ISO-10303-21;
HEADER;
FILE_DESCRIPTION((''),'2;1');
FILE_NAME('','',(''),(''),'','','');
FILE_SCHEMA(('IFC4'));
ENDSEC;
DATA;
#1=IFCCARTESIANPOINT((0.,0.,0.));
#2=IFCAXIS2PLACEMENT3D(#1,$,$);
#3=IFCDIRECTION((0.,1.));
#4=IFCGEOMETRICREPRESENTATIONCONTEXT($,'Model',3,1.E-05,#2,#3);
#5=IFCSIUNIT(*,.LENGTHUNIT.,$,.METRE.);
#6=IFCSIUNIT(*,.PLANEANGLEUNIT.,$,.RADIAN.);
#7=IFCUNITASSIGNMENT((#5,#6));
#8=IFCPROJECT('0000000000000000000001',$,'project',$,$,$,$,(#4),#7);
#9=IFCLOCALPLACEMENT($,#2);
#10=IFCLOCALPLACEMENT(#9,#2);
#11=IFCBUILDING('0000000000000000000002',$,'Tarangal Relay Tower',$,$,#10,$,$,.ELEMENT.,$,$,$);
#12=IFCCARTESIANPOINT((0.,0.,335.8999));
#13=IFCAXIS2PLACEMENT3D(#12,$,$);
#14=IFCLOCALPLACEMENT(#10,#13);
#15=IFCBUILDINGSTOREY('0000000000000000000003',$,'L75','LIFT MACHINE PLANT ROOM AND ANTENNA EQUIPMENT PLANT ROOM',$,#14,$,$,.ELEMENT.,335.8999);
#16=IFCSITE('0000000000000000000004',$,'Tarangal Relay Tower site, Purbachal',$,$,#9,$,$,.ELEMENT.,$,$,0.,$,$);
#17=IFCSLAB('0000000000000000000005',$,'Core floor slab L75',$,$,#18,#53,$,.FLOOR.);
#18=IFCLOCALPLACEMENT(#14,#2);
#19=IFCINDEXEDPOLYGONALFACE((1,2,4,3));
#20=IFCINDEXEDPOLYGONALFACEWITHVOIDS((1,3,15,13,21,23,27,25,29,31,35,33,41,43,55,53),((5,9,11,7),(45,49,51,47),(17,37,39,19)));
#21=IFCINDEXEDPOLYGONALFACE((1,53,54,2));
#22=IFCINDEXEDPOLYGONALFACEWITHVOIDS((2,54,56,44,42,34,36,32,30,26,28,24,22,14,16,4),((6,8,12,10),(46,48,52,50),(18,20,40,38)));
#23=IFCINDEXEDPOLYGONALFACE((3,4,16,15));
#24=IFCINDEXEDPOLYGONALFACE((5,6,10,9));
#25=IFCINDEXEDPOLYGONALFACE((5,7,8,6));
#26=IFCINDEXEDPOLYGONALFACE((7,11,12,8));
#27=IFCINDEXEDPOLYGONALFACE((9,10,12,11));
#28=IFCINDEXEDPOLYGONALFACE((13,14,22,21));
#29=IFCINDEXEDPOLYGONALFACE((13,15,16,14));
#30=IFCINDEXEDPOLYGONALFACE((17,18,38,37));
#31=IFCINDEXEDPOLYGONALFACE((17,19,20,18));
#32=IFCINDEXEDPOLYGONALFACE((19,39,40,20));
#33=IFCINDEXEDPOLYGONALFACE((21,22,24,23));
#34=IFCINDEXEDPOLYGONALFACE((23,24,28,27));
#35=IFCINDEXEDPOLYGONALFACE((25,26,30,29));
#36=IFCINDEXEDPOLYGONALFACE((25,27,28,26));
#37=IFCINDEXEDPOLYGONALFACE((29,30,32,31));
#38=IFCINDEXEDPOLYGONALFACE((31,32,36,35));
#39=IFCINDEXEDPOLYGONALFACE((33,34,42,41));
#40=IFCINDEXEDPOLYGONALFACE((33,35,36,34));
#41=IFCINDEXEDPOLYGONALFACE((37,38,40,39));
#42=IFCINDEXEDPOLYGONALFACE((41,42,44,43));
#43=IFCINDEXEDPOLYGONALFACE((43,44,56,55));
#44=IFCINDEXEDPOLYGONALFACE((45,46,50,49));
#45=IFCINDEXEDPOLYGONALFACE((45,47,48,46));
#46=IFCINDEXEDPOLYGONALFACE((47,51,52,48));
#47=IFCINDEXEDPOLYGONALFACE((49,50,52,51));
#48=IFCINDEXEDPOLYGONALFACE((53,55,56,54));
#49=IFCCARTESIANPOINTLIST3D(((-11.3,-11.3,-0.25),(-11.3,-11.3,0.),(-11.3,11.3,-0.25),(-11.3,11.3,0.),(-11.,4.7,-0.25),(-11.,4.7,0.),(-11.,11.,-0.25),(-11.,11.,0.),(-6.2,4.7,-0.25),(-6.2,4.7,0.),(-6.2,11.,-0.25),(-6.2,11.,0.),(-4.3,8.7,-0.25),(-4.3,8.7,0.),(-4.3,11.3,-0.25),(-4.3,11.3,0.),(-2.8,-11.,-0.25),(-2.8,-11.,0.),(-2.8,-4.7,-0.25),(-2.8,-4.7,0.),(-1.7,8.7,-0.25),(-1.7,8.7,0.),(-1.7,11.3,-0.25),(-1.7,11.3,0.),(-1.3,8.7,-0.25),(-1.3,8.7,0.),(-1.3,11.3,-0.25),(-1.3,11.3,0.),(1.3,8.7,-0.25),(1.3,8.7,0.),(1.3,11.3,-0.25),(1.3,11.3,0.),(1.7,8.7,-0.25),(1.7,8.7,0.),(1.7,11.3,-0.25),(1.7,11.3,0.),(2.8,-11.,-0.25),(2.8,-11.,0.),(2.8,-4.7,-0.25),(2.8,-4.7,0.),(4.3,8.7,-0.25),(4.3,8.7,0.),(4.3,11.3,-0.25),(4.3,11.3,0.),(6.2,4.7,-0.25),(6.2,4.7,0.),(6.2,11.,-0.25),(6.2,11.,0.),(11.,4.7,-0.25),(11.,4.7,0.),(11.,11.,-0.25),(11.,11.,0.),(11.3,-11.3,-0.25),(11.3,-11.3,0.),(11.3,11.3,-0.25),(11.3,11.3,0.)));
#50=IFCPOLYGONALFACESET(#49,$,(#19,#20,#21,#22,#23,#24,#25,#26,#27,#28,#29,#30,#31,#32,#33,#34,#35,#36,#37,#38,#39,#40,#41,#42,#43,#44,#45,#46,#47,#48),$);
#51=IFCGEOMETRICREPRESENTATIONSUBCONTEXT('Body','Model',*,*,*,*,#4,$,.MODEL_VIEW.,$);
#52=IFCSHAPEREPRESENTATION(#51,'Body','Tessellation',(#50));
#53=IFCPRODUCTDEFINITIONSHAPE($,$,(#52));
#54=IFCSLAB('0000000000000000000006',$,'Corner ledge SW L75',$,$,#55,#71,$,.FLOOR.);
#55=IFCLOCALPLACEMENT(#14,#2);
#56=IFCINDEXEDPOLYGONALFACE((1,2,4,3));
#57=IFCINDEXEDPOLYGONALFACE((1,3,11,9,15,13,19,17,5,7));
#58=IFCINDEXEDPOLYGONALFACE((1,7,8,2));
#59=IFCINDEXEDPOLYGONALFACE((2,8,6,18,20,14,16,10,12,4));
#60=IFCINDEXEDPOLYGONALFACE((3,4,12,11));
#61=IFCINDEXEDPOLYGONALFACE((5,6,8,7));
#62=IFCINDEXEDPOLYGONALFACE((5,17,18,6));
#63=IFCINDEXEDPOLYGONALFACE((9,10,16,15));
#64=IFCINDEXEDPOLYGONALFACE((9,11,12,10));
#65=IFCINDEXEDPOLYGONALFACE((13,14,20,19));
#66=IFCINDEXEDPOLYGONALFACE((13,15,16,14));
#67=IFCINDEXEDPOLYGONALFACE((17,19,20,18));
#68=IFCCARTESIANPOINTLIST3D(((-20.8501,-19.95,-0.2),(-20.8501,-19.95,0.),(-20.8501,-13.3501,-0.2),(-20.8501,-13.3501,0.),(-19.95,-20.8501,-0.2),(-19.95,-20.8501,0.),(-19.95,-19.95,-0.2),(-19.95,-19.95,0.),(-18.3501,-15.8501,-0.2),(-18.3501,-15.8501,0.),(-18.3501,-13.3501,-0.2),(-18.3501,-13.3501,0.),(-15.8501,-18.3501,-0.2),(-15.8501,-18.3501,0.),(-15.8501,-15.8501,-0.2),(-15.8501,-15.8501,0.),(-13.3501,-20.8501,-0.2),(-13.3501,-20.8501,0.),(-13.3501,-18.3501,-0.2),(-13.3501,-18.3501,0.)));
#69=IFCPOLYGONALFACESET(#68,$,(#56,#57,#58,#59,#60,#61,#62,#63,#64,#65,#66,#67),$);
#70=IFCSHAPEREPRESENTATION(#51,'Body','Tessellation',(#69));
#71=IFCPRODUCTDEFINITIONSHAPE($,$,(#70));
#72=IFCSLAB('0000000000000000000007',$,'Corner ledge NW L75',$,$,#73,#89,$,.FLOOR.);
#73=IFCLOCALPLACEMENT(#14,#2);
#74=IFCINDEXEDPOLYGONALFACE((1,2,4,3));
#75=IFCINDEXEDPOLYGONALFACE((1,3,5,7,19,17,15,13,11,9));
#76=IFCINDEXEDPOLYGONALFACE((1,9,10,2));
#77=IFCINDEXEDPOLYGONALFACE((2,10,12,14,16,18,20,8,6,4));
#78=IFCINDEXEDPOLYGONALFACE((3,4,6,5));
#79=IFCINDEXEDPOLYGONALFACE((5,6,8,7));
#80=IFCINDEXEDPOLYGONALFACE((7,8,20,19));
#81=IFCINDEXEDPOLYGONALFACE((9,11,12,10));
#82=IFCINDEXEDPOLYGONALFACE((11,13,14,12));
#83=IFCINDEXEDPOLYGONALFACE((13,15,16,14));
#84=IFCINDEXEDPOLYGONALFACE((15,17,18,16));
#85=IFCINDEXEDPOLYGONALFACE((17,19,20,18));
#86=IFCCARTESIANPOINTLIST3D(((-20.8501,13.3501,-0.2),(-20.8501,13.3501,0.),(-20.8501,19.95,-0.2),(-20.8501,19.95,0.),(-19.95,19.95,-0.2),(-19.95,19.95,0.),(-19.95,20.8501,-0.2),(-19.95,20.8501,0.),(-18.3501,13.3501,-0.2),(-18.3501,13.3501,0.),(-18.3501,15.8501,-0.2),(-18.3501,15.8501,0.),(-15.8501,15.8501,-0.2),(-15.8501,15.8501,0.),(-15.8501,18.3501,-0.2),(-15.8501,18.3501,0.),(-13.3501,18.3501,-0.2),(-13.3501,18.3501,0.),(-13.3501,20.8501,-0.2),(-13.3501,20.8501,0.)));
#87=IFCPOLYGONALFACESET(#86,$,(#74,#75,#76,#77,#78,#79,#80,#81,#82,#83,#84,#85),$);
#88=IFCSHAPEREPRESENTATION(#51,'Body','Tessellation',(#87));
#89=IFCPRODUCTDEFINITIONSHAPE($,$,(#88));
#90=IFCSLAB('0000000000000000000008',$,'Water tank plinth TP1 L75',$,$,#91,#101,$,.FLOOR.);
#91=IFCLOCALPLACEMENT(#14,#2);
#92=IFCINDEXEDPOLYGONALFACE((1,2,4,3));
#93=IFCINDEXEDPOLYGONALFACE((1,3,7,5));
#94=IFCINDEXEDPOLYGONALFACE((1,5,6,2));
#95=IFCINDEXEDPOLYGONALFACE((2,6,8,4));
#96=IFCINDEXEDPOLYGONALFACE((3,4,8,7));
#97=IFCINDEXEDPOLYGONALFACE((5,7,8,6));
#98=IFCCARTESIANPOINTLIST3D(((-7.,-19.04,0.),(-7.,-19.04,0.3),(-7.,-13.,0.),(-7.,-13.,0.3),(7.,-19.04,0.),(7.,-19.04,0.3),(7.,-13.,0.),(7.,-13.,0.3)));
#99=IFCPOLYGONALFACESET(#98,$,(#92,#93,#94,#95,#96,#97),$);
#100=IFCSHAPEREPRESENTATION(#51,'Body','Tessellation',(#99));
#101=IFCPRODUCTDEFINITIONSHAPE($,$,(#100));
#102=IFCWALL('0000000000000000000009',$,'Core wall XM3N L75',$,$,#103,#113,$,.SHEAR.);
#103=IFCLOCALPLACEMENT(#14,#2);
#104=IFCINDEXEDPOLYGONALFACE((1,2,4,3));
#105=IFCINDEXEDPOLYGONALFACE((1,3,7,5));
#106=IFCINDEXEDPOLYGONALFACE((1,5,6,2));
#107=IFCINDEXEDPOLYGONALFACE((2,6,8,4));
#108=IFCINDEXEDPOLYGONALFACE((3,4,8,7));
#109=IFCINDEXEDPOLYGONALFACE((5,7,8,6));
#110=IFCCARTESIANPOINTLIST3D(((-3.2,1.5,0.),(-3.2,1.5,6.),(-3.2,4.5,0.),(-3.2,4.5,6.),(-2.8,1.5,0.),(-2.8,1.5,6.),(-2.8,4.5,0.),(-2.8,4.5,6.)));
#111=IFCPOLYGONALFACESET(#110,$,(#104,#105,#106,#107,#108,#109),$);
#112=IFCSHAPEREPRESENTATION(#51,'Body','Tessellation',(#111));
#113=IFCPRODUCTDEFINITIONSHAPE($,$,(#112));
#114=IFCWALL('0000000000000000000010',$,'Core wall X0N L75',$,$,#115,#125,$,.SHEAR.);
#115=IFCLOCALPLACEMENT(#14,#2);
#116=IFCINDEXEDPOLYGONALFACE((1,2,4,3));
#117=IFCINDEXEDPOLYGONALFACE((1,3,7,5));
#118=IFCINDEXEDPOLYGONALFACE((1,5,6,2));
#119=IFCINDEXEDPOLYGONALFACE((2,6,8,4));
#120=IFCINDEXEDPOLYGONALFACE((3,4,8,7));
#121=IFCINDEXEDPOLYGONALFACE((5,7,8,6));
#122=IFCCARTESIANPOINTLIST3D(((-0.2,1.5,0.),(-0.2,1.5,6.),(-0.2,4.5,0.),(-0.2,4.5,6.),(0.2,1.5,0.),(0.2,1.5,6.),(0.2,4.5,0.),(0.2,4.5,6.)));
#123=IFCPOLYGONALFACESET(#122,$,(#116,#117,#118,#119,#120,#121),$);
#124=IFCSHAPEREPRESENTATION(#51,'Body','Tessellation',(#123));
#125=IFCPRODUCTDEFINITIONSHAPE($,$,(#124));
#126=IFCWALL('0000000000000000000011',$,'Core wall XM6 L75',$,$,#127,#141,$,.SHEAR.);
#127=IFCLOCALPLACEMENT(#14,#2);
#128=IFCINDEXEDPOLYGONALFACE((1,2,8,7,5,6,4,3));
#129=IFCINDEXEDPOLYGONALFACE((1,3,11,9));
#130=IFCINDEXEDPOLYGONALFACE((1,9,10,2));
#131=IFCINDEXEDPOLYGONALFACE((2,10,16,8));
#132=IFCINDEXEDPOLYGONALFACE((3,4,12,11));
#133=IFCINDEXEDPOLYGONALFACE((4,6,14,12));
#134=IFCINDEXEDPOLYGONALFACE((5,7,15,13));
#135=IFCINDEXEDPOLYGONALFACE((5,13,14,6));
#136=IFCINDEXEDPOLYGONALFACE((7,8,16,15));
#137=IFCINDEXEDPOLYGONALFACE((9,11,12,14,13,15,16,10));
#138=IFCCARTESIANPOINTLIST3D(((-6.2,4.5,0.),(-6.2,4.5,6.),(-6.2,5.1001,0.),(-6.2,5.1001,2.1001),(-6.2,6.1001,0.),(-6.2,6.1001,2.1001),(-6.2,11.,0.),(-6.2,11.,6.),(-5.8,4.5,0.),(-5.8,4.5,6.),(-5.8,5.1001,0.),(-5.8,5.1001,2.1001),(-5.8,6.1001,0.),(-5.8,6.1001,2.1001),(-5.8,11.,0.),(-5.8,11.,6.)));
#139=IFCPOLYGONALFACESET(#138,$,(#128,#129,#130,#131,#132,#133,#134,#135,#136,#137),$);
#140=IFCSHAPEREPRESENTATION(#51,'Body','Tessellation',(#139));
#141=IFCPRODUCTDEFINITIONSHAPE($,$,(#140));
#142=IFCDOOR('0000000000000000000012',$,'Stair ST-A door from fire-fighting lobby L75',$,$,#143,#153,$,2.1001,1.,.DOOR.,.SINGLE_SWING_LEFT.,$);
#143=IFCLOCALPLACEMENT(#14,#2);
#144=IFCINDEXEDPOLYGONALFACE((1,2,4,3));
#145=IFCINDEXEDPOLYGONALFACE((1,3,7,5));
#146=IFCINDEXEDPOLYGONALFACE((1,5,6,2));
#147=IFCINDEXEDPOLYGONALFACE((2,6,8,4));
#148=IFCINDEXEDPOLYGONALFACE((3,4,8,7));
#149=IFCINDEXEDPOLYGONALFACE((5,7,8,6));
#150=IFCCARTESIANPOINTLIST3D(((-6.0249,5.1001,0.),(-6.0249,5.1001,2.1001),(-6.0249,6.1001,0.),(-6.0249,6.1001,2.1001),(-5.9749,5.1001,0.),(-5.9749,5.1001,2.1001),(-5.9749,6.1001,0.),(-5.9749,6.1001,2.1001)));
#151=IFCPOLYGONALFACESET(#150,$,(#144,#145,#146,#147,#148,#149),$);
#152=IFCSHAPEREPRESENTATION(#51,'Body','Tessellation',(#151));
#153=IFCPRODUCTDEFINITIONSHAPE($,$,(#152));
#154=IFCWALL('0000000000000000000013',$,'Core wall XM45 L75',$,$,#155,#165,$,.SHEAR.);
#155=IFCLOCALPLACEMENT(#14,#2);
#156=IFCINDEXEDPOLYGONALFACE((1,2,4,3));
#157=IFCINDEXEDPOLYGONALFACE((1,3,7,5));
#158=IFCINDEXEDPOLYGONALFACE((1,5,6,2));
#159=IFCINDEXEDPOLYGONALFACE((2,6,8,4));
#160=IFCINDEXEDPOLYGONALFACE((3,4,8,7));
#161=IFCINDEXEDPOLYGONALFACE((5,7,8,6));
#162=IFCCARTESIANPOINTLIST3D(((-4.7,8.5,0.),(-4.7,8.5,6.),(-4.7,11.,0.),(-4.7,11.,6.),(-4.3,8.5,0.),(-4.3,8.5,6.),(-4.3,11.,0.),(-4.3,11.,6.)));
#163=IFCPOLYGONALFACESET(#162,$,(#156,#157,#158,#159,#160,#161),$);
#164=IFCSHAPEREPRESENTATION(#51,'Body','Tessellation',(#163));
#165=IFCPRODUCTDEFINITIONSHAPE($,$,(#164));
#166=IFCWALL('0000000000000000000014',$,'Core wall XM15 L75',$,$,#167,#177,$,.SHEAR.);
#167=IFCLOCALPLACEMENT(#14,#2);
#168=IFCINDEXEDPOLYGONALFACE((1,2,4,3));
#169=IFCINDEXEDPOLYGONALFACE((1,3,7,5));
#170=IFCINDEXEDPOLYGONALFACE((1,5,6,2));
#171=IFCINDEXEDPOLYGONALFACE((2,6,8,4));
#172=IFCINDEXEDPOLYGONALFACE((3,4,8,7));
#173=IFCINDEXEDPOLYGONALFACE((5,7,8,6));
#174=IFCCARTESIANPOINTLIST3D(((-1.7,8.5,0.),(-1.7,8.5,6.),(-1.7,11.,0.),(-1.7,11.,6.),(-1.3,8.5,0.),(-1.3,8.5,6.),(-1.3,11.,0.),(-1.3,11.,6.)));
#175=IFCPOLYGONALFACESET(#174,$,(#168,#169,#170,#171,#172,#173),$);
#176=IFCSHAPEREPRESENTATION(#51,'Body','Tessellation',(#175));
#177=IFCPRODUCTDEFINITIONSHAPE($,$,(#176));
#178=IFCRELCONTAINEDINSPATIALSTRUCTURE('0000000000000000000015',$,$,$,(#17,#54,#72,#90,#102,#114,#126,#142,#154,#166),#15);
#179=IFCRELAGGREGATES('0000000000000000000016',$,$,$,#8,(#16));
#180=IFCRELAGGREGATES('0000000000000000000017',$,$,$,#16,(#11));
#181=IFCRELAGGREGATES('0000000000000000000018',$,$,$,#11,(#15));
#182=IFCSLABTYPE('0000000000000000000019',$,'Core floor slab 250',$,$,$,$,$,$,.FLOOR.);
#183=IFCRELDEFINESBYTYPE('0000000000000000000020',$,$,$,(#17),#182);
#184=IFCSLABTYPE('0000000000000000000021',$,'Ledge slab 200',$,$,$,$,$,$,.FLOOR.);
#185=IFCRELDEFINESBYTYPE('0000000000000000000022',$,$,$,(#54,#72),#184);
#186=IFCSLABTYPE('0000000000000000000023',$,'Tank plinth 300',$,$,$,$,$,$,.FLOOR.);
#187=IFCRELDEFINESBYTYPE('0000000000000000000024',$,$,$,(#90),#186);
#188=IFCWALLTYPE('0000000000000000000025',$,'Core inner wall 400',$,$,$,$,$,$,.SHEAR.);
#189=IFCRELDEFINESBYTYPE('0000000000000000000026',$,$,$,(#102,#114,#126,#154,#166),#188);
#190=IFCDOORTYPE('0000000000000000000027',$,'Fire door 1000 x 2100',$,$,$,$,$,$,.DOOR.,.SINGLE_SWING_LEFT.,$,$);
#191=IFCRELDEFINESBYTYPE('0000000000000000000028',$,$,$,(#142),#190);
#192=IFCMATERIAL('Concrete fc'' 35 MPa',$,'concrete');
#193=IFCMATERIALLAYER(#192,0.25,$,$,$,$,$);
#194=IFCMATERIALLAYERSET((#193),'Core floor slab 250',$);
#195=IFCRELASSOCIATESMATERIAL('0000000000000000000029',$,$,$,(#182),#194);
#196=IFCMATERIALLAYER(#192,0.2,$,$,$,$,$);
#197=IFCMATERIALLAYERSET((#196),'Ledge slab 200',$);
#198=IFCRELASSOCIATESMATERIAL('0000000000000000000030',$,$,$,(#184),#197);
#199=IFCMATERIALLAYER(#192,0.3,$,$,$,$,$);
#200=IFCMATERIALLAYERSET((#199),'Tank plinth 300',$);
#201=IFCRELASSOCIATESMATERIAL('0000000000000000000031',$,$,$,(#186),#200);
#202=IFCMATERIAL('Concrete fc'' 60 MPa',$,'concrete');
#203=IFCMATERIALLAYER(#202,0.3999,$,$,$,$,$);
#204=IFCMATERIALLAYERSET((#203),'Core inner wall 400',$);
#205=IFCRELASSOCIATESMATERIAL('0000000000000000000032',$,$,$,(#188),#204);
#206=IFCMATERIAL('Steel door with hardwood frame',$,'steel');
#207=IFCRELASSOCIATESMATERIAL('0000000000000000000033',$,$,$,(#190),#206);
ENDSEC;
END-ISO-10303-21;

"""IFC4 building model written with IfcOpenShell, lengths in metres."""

from ifc_helpers import new_model, si_unit, direction, frame, frame_2d, origin, place, context, subcontext, project, spatial, polyline, rectangle, outline, extrude, material, layer, layer_set, type_object, element, fill, save


model = new_model("IFC4")

# Units and contexts
model_context = context("Model", 3, precision=1e-05, world=origin(), true_north=direction((0.0, 1.0)))
body_context = subcontext(model_context, "Body", "Model", "MODEL_VIEW")
ifc_project = project(units=[si_unit("LENGTHUNIT", "METRE"), si_unit("PLANEANGLEUNIT", "RADIAN")], contexts=[model_context])

# Site, building, storey
site_placement = place(None, origin())
site = spatial("IfcSite", under=ifc_project, at=site_placement, Name="Tarangal Relay Tower site, Purbachal", CompositionType="ELEMENT", RefElevation=0.0)
building_placement = place(site_placement, origin())
building = spatial("IfcBuilding", under=site, at=building_placement, Name="Tarangal Relay Tower", CompositionType="ELEMENT")
storey_placement = place(building_placement, frame((0.0, 0.0, 335.8999)))
storey = spatial("IfcBuildingStorey", under=building, at=storey_placement, Name="L75", Description="LIFT MACHINE PLANT ROOM AND ANTENNA EQUIPMENT PLANT ROOM", CompositionType="ELEMENT", Elevation=335.8999)

# Slabs
ifc_material_1 = material(Name="Concrete fc' 35 MPa", Category="concrete")
ifc_layer_1 = layer(ifc_material_1, 0.25)
ifc_layer_set_1 = layer_set([ifc_layer_1], Name="Core floor slab 250")
slab_type_1 = type_object("IfcSlabType", Name="Core floor slab 250", PredefinedType="FLOOR", material=ifc_layer_set_1)
slab_1_placement = place(storey_placement, frame((0.0, 0.0, -0.25)))
element("IfcSlab", 1, at=slab_1_placement, inside=storey, type_object=slab_type_1, Name="Core floor slab L75", PredefinedType="FLOOR", context=body_context, shape_type="SweptSolid", body=[
    extrude(outline(polyline([(11.3, 11.3), (11.3, -11.3), (-11.3, -11.3), (-11.3, 11.3), (-4.3, 11.3), (-4.3, 8.7), (-1.7, 8.7), (-1.7, 11.3), (-1.3, 11.3), (-1.3, 8.7), (1.3, 8.7), (1.3, 11.3), (1.7, 11.3), (1.7, 8.7), (4.3, 8.7), (4.3, 11.3), (11.3, 11.3)]), holes=[polyline([(-2.8, -4.7), (-2.8, -11.0), (2.8, -11.0), (2.8, -4.7), (-2.8, -4.7)]), polyline([(-6.2, 11.0), (-11.0, 11.0), (-11.0, 4.7), (-6.2, 4.7), (-6.2, 11.0)]), polyline([(11.0, 11.0), (6.2, 11.0), (6.2, 4.7), (11.0, 4.7), (11.0, 11.0)])]), origin(), (0.0, 0.0, 1.0), 0.25),
])
ifc_layer_2 = layer(ifc_material_1, 0.2)
ifc_layer_set_2 = layer_set([ifc_layer_2], Name="Ledge slab 200")
slab_type_2 = type_object("IfcSlabType", Name="Ledge slab 200", PredefinedType="FLOOR", material=ifc_layer_set_2)
slab_2_placement = place(storey_placement, frame((0.0, 0.0, -0.2)))
element("IfcSlab", 2, at=slab_2_placement, inside=storey, type_object=slab_type_2, Name="Corner ledge SW L75", PredefinedType="FLOOR", context=body_context, shape_type="SweptSolid", body=[
    extrude(outline(polyline([(-13.3501, -20.8501), (-13.3501, -18.3501), (-15.8501, -18.3501), (-15.8501, -15.8501), (-18.3501, -15.8501), (-18.3501, -13.3501), (-20.8501, -13.3501), (-20.8501, -19.95), (-19.95, -19.95), (-19.95, -20.8501), (-13.3501, -20.8501)])), origin(), (0.0, 0.0, 1.0), 0.2),
])
slab_3_placement = place(storey_placement, frame((0.0, 0.0, -0.2)))
element("IfcSlab", 3, at=slab_3_placement, inside=storey, type_object=slab_type_2, Name="Corner ledge NW L75", PredefinedType="FLOOR", context=body_context, shape_type="SweptSolid", body=[
    extrude(outline(polyline([(-20.8501, 13.3501), (-18.3501, 13.3501), (-18.3501, 15.8501), (-15.8501, 15.8501), (-15.8501, 18.3501), (-13.3501, 18.3501), (-13.3501, 20.8501), (-19.95, 20.8501), (-19.95, 19.95), (-20.8501, 19.95), (-20.8501, 13.3501)])), origin(), (0.0, 0.0, 1.0), 0.2),
])
ifc_layer_3 = layer(ifc_material_1, 0.3)
ifc_layer_set_3 = layer_set([ifc_layer_3], Name="Tank plinth 300")
slab_type_3 = type_object("IfcSlabType", Name="Tank plinth 300", PredefinedType="FLOOR", material=ifc_layer_set_3)
slab_4_placement = place(storey_placement, origin())
element("IfcSlab", 4, at=slab_4_placement, inside=storey, type_object=slab_type_3, Name="Water tank plinth TP1 L75", PredefinedType="FLOOR", context=body_context, shape_type="SweptSolid", body=[
    extrude(outline(polyline([(7.0, -13.0), (-7.0, -13.0), (-7.0, -19.04), (7.0, -19.04), (7.0, -13.0)])), origin(), (0.0, 0.0, 1.0), 0.3),
])

# Shared definitions
ifc_material_2 = material(Name="Concrete fc' 60 MPa", Category="concrete")
ifc_layer_4 = layer(ifc_material_2, 0.3999)
ifc_layer_set_4 = layer_set([ifc_layer_4], Name="Core inner wall 400")
wall_type = type_object("IfcWallType", Name="Core inner wall 400", PredefinedType="SHEAR", material=ifc_layer_set_4)
ifc_material_3 = material(Name="Steel door with hardwood frame", Category="steel")

# Walls
for number, where, z_axis, x_axis, name in (
    (5, (-3.0, 1.5, 0.0), (0.0, 0.0, 1.0), (0.0, 1.0, 0.0), "Core wall XM3N L75"),
    (6, (0.0, 1.5, 0.0), (0.0, 0.0, 1.0), (0.0, 1.0, 0.0), "Core wall X0N L75"),
):
    element("IfcWall", number, at=place(storey_placement, frame(where, z_axis=z_axis, x_axis=x_axis)), inside=storey, type_object=wall_type, Name=name, PredefinedType="SHEAR", context=body_context, shape_type="SweptSolid", body=[
        extrude(rectangle(XDim=3.0, YDim=0.3999, at=frame_2d((1.5, 0.0))), origin(), (0.0, 0.0, 1.0), 6.0),
    ])

# Wall, opening, door
wall_1_placement = place(storey_placement, frame((-6.0, 4.5, 0.0), z_axis=(0.0, 0.0, 1.0), x_axis=(0.0, 1.0, 0.0)))
wall_1 = element("IfcWall", 7, at=wall_1_placement, inside=storey, type_object=wall_type, Name="Core wall XM6 L75", PredefinedType="SHEAR", context=body_context, shape_type="SweptSolid", body=[
    extrude(rectangle(XDim=6.5, YDim=0.3999, at=frame_2d((3.25, 0.0))), origin(), (0.0, 0.0, 1.0), 6.0),
])
opening_1_placement = place(wall_1_placement, frame((0.6001, 0.0, 0.0)))
opening_1 = element("IfcOpeningElement", 8, at=opening_1_placement, cuts=wall_1, PredefinedType="OPENING", context=body_context, shape_type="SweptSolid", body=[
    extrude(rectangle(XDim=1.0, YDim=2.1001, at=frame_2d((0.5, 1.05))), frame((0.0, 0.21, 0.0), z_axis=(0.0, -1.0, 0.0), x_axis=(1.0, 0.0, 0.0)), (0.0, 0.0, 1.0), 0.4199),
])
door_type_1 = type_object("IfcDoorType", Name="Fire door 1000 x 2100", OperationType="SINGLE_SWING_LEFT", PredefinedType="DOOR", material=ifc_material_3)
door_1_placement = place(opening_1_placement, origin())
door_1 = element("IfcDoor", 9, at=door_1_placement, inside=storey, type_object=door_type_1, Name="Stair ST-A door from fire-fighting lobby L75", OperationType="SINGLE_SWING_LEFT", OverallHeight=2.1001, OverallWidth=1.0, PredefinedType="DOOR", context=body_context, shape_type="SweptSolid", body=[
    extrude(rectangle(XDim=1.0, YDim=2.1001, at=frame_2d((0.5, 1.05))), frame((0.0, 0.0249, 0.0), z_axis=(0.0, -1.0, 0.0), x_axis=(1.0, 0.0, 0.0)), (0.0, 0.0, 1.0), 0.05),
])
fill(opening_1, door_1)

# Walls
for number, where, z_axis, x_axis, name in (
    (10, (-4.5, 8.5, 0.0), (0.0, 0.0, 1.0), (0.0, 1.0, 0.0), "Core wall XM45 L75"),
    (11, (-1.5, 8.5, 0.0), (0.0, 0.0, 1.0), (0.0, 1.0, 0.0), "Core wall XM15 L75"),
):
    element("IfcWall", number, at=place(storey_placement, frame(where, z_axis=z_axis, x_axis=x_axis)), inside=storey, type_object=wall_type, Name=name, PredefinedType="SHEAR", context=body_context, shape_type="SweptSolid", body=[
        extrude(rectangle(XDim=2.5, YDim=0.3999, at=frame_2d((1.25, 0.0))), origin(), (0.0, 0.0, 1.0), 6.0),
    ])

save(model, "model.ifc")
